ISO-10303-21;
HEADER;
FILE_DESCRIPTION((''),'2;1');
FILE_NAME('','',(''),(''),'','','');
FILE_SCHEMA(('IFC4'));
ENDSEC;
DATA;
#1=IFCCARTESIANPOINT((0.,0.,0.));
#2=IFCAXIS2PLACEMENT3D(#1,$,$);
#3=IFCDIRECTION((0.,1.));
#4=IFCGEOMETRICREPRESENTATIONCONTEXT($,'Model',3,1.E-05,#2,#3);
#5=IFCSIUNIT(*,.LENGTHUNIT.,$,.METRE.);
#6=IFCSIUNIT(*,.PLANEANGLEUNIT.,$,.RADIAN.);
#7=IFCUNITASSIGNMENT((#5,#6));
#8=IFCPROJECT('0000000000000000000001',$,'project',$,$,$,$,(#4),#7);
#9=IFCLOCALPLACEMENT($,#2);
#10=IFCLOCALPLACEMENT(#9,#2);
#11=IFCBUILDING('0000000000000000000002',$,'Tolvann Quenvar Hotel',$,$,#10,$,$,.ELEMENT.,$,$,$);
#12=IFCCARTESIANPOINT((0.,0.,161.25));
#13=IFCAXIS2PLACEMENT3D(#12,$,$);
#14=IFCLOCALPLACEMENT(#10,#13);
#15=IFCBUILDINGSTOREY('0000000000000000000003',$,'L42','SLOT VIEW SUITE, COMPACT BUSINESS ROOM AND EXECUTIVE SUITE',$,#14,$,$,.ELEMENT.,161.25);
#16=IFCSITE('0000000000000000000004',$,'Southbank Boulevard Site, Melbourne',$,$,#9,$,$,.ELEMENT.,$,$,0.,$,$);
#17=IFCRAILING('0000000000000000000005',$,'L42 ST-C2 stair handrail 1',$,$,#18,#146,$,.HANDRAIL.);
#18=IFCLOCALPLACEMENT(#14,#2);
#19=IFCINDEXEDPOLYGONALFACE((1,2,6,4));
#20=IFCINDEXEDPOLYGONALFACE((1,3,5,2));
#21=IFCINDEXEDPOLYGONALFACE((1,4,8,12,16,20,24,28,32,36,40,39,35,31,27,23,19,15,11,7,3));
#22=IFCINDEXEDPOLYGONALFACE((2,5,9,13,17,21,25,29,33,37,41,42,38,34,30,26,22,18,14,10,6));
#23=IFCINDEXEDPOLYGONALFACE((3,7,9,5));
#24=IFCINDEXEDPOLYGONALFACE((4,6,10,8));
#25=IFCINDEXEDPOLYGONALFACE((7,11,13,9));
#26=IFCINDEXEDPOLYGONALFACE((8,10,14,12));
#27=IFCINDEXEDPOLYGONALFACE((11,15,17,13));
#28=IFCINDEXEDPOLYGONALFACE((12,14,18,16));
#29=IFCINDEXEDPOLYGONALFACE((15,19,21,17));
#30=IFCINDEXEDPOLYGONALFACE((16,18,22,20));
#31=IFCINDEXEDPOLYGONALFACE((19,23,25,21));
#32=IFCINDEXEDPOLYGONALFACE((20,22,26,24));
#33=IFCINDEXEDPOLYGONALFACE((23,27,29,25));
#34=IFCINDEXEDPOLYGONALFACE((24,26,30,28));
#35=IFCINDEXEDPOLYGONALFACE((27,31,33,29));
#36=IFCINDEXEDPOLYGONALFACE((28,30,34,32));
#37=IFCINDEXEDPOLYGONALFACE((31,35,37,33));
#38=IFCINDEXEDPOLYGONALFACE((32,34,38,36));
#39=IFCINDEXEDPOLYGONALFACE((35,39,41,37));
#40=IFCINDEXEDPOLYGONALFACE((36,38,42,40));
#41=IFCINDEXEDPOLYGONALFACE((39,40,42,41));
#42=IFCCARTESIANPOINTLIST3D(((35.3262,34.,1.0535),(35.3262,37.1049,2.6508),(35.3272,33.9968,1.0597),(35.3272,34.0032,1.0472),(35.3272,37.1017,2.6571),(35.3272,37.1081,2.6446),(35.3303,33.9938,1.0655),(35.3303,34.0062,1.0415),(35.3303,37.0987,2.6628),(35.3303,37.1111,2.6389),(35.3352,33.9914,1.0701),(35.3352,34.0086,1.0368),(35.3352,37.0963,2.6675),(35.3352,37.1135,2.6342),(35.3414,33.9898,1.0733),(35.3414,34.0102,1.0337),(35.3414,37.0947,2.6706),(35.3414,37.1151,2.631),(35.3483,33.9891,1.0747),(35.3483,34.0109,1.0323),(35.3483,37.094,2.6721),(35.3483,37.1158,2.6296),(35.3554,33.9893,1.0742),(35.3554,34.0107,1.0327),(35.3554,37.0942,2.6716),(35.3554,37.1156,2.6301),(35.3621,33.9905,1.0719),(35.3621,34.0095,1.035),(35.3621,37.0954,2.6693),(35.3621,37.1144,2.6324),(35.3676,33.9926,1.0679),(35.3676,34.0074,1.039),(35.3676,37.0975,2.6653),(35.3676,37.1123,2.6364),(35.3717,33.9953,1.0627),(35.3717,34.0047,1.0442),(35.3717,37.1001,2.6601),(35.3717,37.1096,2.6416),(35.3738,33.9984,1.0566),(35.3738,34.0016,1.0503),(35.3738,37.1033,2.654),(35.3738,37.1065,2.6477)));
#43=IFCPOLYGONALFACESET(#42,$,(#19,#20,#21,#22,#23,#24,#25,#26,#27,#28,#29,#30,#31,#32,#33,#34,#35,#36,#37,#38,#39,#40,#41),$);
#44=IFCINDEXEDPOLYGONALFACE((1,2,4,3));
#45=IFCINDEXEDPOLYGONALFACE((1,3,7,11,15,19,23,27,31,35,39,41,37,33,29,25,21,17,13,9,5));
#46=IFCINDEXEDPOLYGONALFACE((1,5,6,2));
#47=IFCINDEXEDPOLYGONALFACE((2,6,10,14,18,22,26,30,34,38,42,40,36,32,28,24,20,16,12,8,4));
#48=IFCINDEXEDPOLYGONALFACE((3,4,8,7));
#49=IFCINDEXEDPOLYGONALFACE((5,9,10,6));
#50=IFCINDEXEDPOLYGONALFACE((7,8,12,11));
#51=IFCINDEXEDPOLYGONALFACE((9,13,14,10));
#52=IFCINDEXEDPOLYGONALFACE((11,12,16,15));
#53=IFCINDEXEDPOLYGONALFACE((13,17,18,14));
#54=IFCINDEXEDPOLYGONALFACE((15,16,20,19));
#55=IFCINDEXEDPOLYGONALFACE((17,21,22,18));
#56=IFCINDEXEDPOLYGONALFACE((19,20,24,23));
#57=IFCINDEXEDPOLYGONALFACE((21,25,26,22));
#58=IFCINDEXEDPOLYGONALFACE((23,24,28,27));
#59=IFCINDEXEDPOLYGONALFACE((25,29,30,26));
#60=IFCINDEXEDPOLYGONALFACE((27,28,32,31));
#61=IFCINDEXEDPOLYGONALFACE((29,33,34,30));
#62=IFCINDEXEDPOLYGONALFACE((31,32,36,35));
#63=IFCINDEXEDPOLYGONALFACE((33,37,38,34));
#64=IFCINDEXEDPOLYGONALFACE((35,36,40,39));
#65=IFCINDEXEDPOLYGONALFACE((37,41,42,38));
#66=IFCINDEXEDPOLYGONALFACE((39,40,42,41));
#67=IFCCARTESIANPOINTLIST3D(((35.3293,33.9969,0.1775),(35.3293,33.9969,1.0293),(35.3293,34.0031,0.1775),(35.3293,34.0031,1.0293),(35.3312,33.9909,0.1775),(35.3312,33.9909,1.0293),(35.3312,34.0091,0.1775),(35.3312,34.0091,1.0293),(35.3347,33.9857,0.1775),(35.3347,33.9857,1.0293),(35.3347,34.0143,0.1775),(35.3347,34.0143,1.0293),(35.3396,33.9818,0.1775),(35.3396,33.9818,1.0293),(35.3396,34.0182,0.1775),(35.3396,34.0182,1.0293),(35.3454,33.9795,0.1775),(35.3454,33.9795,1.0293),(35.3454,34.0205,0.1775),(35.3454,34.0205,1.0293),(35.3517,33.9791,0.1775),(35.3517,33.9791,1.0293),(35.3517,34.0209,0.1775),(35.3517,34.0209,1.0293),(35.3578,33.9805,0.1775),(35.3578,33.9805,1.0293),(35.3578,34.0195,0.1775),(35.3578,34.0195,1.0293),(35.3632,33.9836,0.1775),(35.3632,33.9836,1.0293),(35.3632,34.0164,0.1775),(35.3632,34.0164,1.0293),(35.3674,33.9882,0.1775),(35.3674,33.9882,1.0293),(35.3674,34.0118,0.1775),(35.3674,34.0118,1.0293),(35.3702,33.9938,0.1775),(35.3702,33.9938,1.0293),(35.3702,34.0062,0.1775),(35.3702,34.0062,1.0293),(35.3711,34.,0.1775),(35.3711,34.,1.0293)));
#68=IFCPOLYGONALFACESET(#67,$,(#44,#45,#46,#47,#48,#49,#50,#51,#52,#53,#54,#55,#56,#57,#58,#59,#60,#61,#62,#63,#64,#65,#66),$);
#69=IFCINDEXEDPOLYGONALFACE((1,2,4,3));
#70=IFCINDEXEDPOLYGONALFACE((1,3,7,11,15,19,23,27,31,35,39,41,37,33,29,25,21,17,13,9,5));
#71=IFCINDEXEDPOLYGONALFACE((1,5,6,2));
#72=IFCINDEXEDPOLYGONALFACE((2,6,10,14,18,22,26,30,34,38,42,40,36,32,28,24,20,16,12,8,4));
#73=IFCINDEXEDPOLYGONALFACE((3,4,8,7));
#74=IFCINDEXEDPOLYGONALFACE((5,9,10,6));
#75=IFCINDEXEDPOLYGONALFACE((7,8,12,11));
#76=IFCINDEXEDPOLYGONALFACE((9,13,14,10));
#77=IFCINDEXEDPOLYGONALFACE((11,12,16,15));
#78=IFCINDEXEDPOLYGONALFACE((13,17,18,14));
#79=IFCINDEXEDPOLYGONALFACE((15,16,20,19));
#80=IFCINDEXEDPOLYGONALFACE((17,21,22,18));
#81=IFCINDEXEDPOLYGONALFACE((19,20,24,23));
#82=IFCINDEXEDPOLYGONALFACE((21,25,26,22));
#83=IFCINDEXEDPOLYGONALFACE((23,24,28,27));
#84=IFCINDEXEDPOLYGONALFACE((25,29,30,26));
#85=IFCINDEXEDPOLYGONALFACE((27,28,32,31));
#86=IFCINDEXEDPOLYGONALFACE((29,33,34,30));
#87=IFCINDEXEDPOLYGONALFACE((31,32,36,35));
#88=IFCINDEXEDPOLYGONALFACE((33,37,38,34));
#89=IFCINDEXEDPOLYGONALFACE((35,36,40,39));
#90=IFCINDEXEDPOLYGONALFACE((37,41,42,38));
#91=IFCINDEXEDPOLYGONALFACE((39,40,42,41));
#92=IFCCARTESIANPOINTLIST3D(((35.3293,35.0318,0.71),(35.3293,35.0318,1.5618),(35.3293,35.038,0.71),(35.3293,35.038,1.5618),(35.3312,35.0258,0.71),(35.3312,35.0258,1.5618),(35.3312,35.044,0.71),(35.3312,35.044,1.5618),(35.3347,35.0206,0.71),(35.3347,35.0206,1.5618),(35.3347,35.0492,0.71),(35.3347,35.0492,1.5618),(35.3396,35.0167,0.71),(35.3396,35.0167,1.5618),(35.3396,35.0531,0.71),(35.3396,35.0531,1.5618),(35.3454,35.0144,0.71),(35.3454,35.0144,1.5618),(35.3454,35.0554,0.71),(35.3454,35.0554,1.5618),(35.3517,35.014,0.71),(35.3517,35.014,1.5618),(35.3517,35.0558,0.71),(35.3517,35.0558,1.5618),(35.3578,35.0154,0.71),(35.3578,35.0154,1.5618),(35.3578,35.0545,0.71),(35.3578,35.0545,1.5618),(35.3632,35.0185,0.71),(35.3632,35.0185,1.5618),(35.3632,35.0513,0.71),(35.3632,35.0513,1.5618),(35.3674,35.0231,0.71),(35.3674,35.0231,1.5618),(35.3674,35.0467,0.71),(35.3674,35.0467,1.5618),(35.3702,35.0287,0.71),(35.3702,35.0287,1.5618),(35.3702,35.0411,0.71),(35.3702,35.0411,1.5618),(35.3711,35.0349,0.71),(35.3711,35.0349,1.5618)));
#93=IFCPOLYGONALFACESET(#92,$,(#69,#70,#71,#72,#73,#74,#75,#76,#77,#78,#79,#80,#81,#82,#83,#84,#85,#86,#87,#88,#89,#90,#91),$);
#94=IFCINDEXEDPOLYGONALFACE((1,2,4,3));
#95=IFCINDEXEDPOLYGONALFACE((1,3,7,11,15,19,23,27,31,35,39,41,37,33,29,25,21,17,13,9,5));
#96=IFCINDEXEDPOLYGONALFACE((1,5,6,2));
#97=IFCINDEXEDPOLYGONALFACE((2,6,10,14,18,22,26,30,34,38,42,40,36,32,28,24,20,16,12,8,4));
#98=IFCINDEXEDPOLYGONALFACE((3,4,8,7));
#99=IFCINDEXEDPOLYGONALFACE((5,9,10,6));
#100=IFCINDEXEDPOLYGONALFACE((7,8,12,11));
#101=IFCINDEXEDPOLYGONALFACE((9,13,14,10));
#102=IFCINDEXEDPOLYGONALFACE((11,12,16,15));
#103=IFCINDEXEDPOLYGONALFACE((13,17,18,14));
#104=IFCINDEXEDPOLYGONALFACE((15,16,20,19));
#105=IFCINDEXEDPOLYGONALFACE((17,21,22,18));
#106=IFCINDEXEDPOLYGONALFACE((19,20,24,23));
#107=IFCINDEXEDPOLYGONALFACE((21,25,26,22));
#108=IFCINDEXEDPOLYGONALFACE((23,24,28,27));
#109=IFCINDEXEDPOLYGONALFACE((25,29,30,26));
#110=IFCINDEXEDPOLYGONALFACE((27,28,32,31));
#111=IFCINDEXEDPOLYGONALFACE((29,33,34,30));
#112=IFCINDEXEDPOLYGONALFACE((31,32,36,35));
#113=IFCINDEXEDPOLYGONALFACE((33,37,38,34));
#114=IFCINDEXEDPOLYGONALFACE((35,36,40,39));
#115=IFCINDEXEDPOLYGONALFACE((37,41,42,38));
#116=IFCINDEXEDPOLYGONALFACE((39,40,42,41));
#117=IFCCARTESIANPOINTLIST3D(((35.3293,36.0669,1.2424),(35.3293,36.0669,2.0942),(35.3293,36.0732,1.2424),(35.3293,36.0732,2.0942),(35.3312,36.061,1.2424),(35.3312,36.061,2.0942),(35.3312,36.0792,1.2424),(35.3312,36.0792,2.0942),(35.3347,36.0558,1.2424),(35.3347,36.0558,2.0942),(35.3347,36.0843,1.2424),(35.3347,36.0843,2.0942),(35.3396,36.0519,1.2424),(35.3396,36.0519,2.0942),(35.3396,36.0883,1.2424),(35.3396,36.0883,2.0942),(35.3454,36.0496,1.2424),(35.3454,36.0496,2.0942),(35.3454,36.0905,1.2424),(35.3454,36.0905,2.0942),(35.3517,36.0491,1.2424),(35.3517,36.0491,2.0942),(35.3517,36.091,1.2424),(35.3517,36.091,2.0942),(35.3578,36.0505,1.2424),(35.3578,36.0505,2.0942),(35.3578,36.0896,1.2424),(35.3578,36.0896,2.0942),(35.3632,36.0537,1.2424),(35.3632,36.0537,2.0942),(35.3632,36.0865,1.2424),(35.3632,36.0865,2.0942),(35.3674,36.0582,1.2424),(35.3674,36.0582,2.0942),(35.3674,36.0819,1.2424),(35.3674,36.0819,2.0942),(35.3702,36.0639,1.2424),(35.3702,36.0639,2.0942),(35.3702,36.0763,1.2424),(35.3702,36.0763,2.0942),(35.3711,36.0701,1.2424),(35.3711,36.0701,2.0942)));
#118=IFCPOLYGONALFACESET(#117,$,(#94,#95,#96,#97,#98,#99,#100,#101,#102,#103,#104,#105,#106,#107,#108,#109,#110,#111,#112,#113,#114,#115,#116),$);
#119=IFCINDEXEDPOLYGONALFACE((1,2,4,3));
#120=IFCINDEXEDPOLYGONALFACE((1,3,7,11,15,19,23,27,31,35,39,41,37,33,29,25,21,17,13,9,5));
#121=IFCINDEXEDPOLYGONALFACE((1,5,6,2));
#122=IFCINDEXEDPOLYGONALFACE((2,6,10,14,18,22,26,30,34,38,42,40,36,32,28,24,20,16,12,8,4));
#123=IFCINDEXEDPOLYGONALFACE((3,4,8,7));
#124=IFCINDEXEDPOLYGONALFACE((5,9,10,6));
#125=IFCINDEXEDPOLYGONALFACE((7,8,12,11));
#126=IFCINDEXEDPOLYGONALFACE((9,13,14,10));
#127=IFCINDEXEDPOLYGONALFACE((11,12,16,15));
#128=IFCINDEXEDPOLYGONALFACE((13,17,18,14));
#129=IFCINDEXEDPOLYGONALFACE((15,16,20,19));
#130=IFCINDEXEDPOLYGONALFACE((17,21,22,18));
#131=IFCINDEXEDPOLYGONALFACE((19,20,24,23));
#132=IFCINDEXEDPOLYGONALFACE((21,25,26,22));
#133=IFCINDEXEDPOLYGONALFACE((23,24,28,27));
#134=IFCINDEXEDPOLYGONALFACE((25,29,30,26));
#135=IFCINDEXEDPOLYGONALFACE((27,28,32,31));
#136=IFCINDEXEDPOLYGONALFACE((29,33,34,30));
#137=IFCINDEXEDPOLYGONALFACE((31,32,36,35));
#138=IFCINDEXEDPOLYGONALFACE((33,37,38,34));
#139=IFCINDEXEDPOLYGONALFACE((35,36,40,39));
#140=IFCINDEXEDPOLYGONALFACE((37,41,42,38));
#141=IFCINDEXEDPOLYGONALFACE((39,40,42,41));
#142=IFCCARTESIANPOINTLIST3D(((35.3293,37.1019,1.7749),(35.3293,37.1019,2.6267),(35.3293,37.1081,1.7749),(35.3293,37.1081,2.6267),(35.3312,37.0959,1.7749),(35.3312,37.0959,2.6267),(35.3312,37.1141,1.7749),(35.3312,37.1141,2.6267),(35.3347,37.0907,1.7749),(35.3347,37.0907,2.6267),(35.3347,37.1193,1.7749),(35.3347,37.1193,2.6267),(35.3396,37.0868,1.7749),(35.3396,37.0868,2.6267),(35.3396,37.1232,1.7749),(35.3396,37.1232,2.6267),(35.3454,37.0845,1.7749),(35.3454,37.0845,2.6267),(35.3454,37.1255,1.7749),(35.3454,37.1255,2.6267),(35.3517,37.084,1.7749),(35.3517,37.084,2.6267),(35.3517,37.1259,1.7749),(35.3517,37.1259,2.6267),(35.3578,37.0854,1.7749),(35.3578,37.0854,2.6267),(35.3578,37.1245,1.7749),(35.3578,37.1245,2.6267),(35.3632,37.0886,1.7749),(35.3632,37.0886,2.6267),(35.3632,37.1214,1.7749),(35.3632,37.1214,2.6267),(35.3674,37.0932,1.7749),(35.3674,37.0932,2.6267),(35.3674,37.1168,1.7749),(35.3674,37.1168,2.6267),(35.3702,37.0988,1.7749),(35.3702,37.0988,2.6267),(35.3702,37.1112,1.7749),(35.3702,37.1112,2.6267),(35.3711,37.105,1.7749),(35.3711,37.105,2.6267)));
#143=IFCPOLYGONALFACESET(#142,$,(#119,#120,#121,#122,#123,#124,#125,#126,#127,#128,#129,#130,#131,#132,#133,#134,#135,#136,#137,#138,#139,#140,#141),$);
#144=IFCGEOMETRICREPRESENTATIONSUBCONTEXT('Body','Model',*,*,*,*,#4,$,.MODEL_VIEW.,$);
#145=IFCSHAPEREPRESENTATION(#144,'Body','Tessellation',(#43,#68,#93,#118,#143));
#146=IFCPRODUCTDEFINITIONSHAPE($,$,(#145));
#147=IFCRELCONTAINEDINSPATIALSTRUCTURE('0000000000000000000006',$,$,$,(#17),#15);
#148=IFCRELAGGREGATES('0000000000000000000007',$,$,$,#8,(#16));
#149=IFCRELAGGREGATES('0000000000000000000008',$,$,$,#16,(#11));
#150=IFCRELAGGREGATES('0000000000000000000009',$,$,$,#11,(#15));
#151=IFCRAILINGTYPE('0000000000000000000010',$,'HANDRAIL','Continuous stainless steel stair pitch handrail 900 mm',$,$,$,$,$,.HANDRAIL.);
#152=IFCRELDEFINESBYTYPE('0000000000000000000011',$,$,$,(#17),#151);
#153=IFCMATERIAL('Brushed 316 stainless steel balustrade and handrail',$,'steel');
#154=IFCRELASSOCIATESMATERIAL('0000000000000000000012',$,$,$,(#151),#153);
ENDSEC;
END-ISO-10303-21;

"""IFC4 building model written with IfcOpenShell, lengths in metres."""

from ifc_helpers import new_model, si_unit, direction, frame, origin, origin_2d, place, context, subcontext, project, spatial, circle, extrude, material, type_object, element, save


model = new_model("IFC4")

# Units and contexts
model_context = context("Model", 3, precision=1e-05, world=origin(), true_north=direction((0.0, 1.0)))
body_context = subcontext(model_context, "Body", "Model", "MODEL_VIEW")
ifc_project = project(units=[si_unit("LENGTHUNIT", "METRE"), si_unit("PLANEANGLEUNIT", "RADIAN")], contexts=[model_context])

# Site, building, storey
site_placement = place(None, origin())
site = spatial("IfcSite", under=ifc_project, at=site_placement, Name="Southbank Boulevard Site, Melbourne", CompositionType="ELEMENT", RefElevation=0.0)
building_placement = place(site_placement, origin())
building = spatial("IfcBuilding", under=site, at=building_placement, Name="Tolvann Quenvar Hotel", CompositionType="ELEMENT")
storey_placement = place(building_placement, frame((0.0, 0.0, 161.25)))
storey = spatial("IfcBuildingStorey", under=building, at=storey_placement, Name="L42", Description="SLOT VIEW SUITE, COMPACT BUSINESS ROOM AND EXECUTIVE SUITE", CompositionType="ELEMENT", Elevation=161.25)

# Railing
ifc_material_1 = material(Name="Brushed 316 stainless steel balustrade and handrail", Category="steel")
railing_type_1 = type_object("IfcRailingType", Name="HANDRAIL", Description="Continuous stainless steel stair pitch handrail 900 mm", PredefinedType="HANDRAIL", material=ifc_material_1)
railing_1_placement = place(storey_placement, frame((35.3501, 34.0, 0.1775)))
element("IfcRailing", 1, at=railing_1_placement, inside=storey, type_object=railing_type_1, Name="L42 ST-C2 stair handrail 1", PredefinedType="HANDRAIL", context=body_context, shape_type="SweptSolid", body=[
    extrude(circle(Radius=0.0239, at=origin_2d()), frame((0.0, 0.0, 0.876), z_axis=(0.0, 0.889222, 0.457476), x_axis=(-1.0, 0.0, 0.0)), (0.0, 0.0, 1.0), 3.4917),
    extrude(circle(Radius=0.021, at=origin_2d()), origin(), (0.0, 0.0, 1.0), 0.8518),
    extrude(circle(Radius=0.021, at=origin_2d()), frame((0.0, 1.0349, 0.5325)), (0.0, 0.0, 1.0), 0.8518),
    extrude(circle(Radius=0.021, at=origin_2d()), frame((0.0, 2.0701, 1.0649)), (0.0, 0.0, 1.0), 0.8518),
    extrude(circle(Radius=0.021, at=origin_2d()), frame((0.0, 3.105, 1.5974)), (0.0, 0.0, 1.0), 0.8518),
])

save(model, "model.ifc")
